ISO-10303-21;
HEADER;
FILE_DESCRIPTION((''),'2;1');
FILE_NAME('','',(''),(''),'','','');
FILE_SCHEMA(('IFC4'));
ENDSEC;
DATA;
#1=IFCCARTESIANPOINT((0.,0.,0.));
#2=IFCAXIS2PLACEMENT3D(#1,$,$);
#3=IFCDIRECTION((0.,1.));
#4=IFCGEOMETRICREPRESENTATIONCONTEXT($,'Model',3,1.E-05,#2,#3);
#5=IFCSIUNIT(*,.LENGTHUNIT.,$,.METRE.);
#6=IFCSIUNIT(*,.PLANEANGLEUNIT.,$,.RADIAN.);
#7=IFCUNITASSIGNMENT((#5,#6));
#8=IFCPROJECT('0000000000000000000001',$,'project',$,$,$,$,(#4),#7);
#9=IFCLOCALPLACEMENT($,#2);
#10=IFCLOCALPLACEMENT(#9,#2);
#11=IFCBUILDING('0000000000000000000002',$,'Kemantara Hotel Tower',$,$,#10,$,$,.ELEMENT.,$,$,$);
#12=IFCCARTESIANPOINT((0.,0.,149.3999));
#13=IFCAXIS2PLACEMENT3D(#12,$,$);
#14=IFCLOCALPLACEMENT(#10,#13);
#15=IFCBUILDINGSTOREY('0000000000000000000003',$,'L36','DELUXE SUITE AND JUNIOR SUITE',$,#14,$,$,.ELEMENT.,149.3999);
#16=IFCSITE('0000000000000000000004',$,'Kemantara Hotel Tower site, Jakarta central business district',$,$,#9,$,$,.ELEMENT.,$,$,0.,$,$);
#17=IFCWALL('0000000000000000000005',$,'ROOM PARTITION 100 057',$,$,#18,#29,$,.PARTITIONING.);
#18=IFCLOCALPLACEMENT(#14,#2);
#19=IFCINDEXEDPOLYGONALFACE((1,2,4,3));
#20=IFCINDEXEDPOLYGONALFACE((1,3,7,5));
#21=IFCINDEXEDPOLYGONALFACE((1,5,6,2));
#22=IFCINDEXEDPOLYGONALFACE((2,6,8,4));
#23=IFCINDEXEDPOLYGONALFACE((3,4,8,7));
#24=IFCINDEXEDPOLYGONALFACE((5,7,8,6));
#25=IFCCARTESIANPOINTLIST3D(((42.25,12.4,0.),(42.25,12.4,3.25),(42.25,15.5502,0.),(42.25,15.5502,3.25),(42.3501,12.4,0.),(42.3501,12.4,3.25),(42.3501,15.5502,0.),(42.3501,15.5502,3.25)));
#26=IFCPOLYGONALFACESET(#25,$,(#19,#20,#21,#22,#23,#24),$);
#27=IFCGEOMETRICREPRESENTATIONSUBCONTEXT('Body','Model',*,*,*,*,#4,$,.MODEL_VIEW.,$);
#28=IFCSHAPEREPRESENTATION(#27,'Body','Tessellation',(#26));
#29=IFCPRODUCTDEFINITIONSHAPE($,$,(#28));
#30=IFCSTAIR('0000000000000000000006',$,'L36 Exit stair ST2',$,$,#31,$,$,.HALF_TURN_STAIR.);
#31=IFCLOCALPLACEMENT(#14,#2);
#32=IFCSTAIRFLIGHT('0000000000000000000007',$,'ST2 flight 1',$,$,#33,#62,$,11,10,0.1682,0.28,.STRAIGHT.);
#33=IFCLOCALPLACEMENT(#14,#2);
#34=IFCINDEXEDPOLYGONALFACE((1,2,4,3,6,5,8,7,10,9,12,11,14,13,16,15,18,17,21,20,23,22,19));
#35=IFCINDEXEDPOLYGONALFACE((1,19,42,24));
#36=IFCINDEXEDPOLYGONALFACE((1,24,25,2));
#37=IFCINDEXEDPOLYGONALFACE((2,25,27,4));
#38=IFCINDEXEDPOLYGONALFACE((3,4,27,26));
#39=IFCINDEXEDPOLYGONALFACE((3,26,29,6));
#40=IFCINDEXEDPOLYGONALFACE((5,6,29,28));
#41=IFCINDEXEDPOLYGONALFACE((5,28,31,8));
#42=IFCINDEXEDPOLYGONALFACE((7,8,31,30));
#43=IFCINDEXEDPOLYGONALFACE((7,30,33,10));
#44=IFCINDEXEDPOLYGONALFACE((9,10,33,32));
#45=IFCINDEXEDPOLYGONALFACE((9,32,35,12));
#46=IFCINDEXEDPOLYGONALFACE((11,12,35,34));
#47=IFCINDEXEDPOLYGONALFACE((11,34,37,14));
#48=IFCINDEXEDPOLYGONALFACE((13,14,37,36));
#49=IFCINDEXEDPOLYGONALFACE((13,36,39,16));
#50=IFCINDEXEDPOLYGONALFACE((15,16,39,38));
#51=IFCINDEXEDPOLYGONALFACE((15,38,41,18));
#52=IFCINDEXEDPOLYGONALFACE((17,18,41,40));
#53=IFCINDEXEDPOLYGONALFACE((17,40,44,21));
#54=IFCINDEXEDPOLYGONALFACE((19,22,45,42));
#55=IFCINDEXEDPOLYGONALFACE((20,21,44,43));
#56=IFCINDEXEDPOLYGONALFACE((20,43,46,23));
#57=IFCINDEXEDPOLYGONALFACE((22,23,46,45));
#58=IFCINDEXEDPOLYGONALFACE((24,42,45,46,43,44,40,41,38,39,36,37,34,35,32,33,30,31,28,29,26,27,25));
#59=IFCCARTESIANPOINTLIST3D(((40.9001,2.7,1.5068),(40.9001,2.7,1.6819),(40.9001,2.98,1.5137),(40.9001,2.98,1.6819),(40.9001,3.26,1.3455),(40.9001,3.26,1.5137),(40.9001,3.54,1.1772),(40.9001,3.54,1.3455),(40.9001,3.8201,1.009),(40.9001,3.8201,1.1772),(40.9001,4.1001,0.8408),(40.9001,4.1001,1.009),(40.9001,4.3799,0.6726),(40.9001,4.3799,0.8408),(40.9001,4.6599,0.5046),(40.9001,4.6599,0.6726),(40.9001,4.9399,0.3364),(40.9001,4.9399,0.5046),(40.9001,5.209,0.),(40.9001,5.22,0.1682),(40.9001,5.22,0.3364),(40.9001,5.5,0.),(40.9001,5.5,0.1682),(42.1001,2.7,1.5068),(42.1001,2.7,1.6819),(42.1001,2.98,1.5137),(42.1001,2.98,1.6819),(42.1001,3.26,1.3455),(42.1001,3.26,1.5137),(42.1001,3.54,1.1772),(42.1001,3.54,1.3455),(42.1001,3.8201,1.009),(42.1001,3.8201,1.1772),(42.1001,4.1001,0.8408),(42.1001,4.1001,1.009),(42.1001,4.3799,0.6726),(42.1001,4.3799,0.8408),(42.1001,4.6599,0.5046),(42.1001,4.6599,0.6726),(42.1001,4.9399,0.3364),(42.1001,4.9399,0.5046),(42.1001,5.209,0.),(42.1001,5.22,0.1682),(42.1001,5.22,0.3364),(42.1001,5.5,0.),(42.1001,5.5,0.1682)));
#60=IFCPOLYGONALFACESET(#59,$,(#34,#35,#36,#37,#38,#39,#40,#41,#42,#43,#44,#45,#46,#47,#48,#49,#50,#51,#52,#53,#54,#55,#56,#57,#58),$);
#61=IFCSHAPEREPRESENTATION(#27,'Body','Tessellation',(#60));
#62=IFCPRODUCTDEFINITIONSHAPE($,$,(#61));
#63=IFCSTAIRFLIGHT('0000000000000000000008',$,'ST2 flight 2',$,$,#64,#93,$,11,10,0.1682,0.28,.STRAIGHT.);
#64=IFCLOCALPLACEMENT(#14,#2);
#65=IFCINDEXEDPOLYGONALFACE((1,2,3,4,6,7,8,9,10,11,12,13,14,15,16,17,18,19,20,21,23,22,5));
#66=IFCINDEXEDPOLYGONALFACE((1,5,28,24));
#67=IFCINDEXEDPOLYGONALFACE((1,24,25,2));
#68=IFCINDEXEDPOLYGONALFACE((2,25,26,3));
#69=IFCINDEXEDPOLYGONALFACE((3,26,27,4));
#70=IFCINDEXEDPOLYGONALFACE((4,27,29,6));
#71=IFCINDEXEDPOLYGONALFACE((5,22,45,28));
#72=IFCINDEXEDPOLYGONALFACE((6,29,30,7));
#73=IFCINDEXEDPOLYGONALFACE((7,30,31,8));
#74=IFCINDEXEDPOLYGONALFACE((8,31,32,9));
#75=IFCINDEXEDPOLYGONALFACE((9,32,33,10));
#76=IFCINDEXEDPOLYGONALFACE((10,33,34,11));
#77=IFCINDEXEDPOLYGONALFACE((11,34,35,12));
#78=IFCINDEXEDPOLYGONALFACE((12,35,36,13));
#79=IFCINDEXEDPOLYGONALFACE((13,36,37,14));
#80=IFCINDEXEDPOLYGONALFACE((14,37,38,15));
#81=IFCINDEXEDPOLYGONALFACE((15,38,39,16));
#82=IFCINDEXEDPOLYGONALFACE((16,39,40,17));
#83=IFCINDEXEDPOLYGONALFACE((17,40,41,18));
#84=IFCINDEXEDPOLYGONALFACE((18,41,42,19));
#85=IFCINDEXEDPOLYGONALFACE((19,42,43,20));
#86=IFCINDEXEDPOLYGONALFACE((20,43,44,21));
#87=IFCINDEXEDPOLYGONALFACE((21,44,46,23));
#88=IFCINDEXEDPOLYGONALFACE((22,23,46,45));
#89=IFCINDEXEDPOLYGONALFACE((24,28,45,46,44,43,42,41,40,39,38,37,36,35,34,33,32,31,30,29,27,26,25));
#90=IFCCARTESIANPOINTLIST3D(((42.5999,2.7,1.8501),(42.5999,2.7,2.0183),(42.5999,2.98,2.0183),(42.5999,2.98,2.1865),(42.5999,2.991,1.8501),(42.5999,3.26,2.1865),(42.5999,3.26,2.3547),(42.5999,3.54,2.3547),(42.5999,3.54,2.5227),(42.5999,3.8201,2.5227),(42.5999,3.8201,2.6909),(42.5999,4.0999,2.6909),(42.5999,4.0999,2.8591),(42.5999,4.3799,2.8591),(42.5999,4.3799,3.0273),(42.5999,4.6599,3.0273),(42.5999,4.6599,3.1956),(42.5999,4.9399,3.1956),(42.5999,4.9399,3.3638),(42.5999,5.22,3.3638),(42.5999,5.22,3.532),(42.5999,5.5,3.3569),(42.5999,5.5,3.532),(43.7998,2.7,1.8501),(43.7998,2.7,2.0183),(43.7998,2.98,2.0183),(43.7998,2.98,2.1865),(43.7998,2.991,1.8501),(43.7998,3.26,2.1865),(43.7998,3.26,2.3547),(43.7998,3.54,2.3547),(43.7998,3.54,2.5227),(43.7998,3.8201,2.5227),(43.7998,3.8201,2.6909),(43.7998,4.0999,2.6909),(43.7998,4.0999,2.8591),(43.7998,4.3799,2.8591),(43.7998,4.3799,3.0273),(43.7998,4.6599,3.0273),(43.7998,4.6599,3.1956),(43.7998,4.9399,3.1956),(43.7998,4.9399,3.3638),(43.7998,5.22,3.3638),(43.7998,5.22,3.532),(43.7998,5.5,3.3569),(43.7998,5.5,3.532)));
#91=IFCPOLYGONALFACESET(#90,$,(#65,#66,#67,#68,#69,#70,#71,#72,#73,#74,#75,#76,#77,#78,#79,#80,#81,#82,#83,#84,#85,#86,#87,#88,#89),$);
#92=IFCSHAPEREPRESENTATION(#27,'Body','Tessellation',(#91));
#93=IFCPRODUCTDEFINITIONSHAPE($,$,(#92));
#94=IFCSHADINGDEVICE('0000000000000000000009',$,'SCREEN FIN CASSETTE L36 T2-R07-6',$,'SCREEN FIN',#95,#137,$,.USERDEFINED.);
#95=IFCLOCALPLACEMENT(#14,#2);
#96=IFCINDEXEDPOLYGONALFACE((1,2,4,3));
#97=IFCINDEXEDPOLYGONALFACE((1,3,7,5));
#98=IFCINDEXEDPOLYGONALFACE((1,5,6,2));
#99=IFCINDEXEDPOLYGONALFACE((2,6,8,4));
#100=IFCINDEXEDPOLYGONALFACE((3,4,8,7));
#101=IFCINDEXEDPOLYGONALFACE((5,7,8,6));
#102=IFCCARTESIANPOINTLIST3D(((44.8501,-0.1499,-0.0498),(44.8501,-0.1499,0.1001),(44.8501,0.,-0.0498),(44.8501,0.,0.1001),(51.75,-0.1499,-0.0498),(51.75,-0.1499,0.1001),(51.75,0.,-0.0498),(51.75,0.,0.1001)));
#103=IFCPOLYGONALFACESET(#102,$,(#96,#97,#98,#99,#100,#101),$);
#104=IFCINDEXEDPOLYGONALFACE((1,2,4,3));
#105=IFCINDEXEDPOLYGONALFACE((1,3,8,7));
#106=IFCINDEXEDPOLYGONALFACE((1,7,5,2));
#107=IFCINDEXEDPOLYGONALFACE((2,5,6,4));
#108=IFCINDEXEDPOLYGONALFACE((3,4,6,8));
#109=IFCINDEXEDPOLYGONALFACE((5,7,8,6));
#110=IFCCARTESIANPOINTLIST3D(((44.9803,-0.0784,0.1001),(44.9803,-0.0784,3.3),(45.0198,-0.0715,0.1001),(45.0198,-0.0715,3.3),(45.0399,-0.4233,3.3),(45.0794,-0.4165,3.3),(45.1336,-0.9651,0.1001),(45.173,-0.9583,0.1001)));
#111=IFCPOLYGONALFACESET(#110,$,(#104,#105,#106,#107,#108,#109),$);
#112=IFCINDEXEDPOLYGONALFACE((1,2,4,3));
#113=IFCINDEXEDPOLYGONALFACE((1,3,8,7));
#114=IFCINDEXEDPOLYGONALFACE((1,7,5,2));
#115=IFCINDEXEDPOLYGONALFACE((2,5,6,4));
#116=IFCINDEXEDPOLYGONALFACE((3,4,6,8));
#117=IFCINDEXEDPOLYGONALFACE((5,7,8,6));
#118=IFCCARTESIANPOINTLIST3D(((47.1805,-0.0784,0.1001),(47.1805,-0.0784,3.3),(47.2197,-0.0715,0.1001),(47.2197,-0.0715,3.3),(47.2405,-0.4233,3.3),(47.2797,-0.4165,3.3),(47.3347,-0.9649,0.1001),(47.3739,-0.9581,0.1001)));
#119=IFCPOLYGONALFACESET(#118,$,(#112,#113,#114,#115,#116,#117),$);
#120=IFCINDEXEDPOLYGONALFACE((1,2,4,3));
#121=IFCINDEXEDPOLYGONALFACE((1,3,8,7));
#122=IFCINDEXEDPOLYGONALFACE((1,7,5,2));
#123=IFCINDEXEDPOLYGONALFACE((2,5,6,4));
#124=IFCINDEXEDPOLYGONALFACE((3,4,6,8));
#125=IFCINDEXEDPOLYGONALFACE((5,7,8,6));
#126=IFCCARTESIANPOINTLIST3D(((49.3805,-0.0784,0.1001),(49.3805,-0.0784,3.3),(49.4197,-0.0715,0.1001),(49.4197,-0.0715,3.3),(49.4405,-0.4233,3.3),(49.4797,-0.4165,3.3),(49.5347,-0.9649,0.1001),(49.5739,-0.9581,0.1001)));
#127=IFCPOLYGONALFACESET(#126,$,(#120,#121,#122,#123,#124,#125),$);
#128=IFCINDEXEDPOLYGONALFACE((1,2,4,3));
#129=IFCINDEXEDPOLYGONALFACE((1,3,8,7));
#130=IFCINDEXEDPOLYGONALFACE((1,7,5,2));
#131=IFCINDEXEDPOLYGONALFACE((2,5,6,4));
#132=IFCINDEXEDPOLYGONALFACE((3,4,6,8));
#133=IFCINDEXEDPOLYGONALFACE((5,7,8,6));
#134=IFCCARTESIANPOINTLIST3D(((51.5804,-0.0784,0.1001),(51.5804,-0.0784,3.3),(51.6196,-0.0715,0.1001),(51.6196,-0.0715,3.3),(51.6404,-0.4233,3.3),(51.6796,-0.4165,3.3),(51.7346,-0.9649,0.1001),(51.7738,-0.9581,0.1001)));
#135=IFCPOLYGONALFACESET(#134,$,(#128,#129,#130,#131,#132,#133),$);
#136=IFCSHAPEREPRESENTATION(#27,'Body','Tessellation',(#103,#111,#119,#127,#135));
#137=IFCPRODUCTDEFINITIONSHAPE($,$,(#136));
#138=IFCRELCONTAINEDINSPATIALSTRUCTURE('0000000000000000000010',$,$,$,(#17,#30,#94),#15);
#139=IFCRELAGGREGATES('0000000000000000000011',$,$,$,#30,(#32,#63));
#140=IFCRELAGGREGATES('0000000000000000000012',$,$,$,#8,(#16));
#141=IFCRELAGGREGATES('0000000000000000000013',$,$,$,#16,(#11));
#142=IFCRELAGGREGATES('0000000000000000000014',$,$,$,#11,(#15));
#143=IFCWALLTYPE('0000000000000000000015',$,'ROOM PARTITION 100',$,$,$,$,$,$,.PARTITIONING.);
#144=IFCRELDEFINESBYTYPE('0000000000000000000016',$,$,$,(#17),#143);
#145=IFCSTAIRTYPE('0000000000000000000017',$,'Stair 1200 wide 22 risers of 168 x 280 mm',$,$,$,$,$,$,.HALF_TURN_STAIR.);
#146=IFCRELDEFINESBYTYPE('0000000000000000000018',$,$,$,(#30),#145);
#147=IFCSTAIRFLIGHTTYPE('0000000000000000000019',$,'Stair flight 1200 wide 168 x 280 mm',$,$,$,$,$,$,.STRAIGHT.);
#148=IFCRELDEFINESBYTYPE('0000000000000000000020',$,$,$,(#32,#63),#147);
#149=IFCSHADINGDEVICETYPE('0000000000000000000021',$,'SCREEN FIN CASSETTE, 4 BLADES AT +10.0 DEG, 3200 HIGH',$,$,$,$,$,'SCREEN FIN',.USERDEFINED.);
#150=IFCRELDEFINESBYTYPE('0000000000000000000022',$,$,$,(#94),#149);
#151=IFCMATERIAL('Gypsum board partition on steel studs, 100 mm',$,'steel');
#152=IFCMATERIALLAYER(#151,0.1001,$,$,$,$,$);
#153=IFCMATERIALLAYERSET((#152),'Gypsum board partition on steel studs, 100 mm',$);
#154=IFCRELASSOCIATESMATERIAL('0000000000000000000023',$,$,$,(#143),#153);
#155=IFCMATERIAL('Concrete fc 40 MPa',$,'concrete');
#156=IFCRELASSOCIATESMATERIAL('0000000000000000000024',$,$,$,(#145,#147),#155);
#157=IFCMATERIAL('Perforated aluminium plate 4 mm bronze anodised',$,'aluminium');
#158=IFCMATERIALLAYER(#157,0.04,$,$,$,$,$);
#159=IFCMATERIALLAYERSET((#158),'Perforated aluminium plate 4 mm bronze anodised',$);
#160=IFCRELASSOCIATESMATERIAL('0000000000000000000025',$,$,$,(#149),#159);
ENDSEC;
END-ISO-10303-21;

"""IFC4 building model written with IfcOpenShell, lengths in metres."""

from ifc_helpers import new_model, si_unit, direction, frame, frame_2d, origin, origin_2d, place, context, subcontext, project, spatial, polyline, rectangle, outline, extrude, source, transform, mapped, material, layer, layer_set, type_object, element, aggregate, save


model = new_model("IFC4")

# Units and contexts
model_context = context("Model", 3, precision=1e-05, world=origin(), true_north=direction((0.0, 1.0)))
body_context = subcontext(model_context, "Body", "Model", "MODEL_VIEW")
ifc_project = project(units=[si_unit("LENGTHUNIT", "METRE"), si_unit("PLANEANGLEUNIT", "RADIAN")], contexts=[model_context])

# Site, building, storey
site_placement = place(None, origin())
site = spatial("IfcSite", under=ifc_project, at=site_placement, Name="Kemantara Hotel Tower site, Jakarta central business district", CompositionType="ELEMENT", RefElevation=0.0)
building_placement = place(site_placement, origin())
building = spatial("IfcBuilding", under=site, at=building_placement, Name="Kemantara Hotel Tower", CompositionType="ELEMENT")
storey_placement = place(building_placement, frame((0.0, 0.0, 149.3999)))
storey = spatial("IfcBuildingStorey", under=building, at=storey_placement, Name="L36", Description="DELUXE SUITE AND JUNIOR SUITE", CompositionType="ELEMENT", Elevation=149.3999)

# Wall
ifc_material_1 = material(Name="Gypsum board partition on steel studs, 100 mm", Category="steel")
ifc_layer_1 = layer(ifc_material_1, 0.1001)
ifc_layer_set_1 = layer_set([ifc_layer_1], Name="Gypsum board partition on steel studs, 100 mm")
wall_type_1 = type_object("IfcWallType", Name="ROOM PARTITION 100", PredefinedType="PARTITIONING", material=ifc_layer_set_1)
wall_1_placement = place(storey_placement, frame((42.3, 12.3999, 0.0), z_axis=(0.0, 0.0, 1.0), x_axis=(0.0, 1.0, 0.0)))
element("IfcWall", 1, at=wall_1_placement, inside=storey, type_object=wall_type_1, Name="ROOM PARTITION 100 057", PredefinedType="PARTITIONING", context=body_context, shape_type="SweptSolid", body=[
    extrude(rectangle(XDim=3.1501, YDim=0.1001, at=frame_2d((1.5752, 0.0))), origin(), (0.0, 0.0, 1.0), 3.25),
])

# Stair, stair flights
ifc_material_2 = material(Name="Concrete fc 40 MPa", Category="concrete")
stair_type = type_object("IfcStairType", Name="Stair 1200 wide 22 risers of 168 x 280 mm", PredefinedType="HALF_TURN_STAIR", material=ifc_material_2)
stair_placement = place(storey_placement, origin())
stair = element("IfcStair", 2, at=stair_placement, inside=storey, type_object=stair_type, Name="L36 Exit stair ST2", PredefinedType="HALF_TURN_STAIR")
stair_flight_type = type_object("IfcStairFlightType", Name="Stair flight 1200 wide 168 x 280 mm", PredefinedType="STRAIGHT", material=ifc_material_2)
stair_flight_1_placement = place(storey_placement, frame((41.5, 5.5, 0.0), z_axis=(0.0, 0.0, 1.0), x_axis=(0.0, -1.0, 0.0)))
stair_flight_1 = element("IfcStairFlight", 3, at=stair_flight_1_placement, type_object=stair_flight_type, Name="ST2 flight 1", NumberOfRisers=11, NumberOfTreads=10, PredefinedType="STRAIGHT", RiserHeight=0.1682, TreadLength=0.28, context=body_context, shape_type="SweptSolid", body=[
    extrude(outline(polyline([(0.0, 0.0), (0.0, 0.1682), (0.28, 0.1682), (0.28, 0.3364), (0.5601, 0.3364), (0.5601, 0.5046), (0.8401, 0.5046), (0.8401, 0.6726), (1.1201, 0.6726), (1.1201, 0.8408), (1.3999, 0.8408), (1.3999, 1.009), (1.6799, 1.009), (1.6799, 1.1772), (1.96, 1.1772), (1.96, 1.3455), (2.24, 1.3455), (2.24, 1.5137), (2.52, 1.5137), (2.52, 1.6819), (2.8, 1.6819), (2.8, 1.8501), (2.8, 1.5068), (0.291, 0.0), (0.0, 0.0)])), frame((0.0, 0.6001, 0.0), z_axis=(0.0, -1.0, 0.0), x_axis=(1.0, 0.0, 0.0)), (0.0, 0.0, 1.0), 1.2),
])
stair_flight_2_placement = place(storey_placement, frame((43.2, 2.7, 1.8501), z_axis=(0.0, 0.0, 1.0), x_axis=(0.0, 1.0, 0.0)))
stair_flight_2 = element("IfcStairFlight", 4, at=stair_flight_2_placement, type_object=stair_flight_type, Name="ST2 flight 2", NumberOfRisers=11, NumberOfTreads=10, PredefinedType="STRAIGHT", RiserHeight=0.1682, TreadLength=0.28, context=body_context, shape_type="SweptSolid", body=[
    extrude(outline(polyline([(0.0, 0.0), (0.0, 0.1682), (0.28, 0.1682), (0.28, 0.3364), (0.5601, 0.3364), (0.5601, 0.5046), (0.8401, 0.5046), (0.8401, 0.6726), (1.1201, 0.6726), (1.1201, 0.8408), (1.3999, 0.8408), (1.3999, 1.009), (1.6799, 1.009), (1.6799, 1.1772), (1.96, 1.1772), (1.96, 1.3455), (2.24, 1.3455), (2.24, 1.5137), (2.52, 1.5137), (2.52, 1.6819), (2.8, 1.6819), (2.8, 1.8501), (2.8, 1.5068), (0.291, 0.0), (0.0, 0.0)])), frame((0.0, 0.6001, 0.0), z_axis=(0.0, -1.0, 0.0), x_axis=(1.0, 0.0, 0.0)), (0.0, 0.0, 1.0), 1.2),
])
aggregate(stair, [stair_flight_1, stair_flight_2])

# Shading device
ifc_material_3 = material(Name="Perforated aluminium plate 4 mm bronze anodised", Category="aluminium")
ifc_layer_2 = layer(ifc_material_3, 0.04)
ifc_layer_set_2 = layer_set([ifc_layer_2], Name="Perforated aluminium plate 4 mm bronze anodised")
shading_device_type = type_object("IfcShadingDeviceType", Name="SCREEN FIN CASSETTE, 4 BLADES AT +10.0 DEG, 3200 HIGH", ElementType="SCREEN FIN", PredefinedType="USERDEFINED", material=ifc_layer_set_2)
shared_shape = source(origin(), body_context, "Body", "SweptSolid", [
    extrude(rectangle(XDim=6.8999, YDim=0.1499, at=origin_2d()), frame((3.3, -0.075, -0.1499), z_axis=(0.0, 0.0, 1.0), x_axis=(1.0, 0.0, 0.0)), (0.0, 0.0, 1.0), 0.1499),
    extrude(outline(polyline([(0.0, 0.0), (0.8999, 0.0), (0.3501, 3.2), (0.0, 3.2), (0.0, 0.0)])), frame((0.0198, -0.0715, 0.0), z_axis=(-0.98539, -0.170314, 0.0), x_axis=(0.170314, -0.98539, 0.0)), (0.0, 0.0, 1.0), 0.04),
    extrude(outline(polyline([(0.0, 0.0), (0.8999, 0.0), (0.3501, 3.2), (0.0, 3.2), (0.0, 0.0)])), frame((2.2197, -0.0715, 0.0), z_axis=(-0.985212, -0.171341, 0.0), x_axis=(0.171341, -0.985212, 0.0)), (0.0, 0.0, 1.0), 0.0398),
    extrude(outline(polyline([(0.0, 0.0), (0.8999, 0.0), (0.3501, 3.2), (0.0, 3.2), (0.0, 0.0)])), frame((4.4197, -0.0715, 0.0), z_axis=(-0.985212, -0.171341, 0.0), x_axis=(0.171341, -0.985212, 0.0)), (0.0, 0.0, 1.0), 0.0398),
    extrude(outline(polyline([(0.0, 0.0), (0.8999, 0.0), (0.3501, 3.2), (0.0, 3.2), (0.0, 0.0)])), frame((6.6196, -0.0715, 0.0), z_axis=(-0.985212, -0.171341, 0.0), x_axis=(0.171341, -0.985212, 0.0)), (0.0, 0.0, 1.0), 0.0398),
])
shading_device_placement = place(storey_placement, frame((45.0, 0.0, 0.1001), z_axis=(0.0, 0.0, 1.0), x_axis=(1.0, 0.0, 0.0)))
element("IfcShadingDevice", 5, at=shading_device_placement, inside=storey, type_object=shading_device_type, Name="SCREEN FIN CASSETTE L36 T2-R07-6", ObjectType="SCREEN FIN", PredefinedType="USERDEFINED", context=body_context, shape_type="MappedRepresentation", body=[
    mapped(shared_shape, transform((0.0, 0.0, 0.0))),
])

save(model, "model.ifc")
